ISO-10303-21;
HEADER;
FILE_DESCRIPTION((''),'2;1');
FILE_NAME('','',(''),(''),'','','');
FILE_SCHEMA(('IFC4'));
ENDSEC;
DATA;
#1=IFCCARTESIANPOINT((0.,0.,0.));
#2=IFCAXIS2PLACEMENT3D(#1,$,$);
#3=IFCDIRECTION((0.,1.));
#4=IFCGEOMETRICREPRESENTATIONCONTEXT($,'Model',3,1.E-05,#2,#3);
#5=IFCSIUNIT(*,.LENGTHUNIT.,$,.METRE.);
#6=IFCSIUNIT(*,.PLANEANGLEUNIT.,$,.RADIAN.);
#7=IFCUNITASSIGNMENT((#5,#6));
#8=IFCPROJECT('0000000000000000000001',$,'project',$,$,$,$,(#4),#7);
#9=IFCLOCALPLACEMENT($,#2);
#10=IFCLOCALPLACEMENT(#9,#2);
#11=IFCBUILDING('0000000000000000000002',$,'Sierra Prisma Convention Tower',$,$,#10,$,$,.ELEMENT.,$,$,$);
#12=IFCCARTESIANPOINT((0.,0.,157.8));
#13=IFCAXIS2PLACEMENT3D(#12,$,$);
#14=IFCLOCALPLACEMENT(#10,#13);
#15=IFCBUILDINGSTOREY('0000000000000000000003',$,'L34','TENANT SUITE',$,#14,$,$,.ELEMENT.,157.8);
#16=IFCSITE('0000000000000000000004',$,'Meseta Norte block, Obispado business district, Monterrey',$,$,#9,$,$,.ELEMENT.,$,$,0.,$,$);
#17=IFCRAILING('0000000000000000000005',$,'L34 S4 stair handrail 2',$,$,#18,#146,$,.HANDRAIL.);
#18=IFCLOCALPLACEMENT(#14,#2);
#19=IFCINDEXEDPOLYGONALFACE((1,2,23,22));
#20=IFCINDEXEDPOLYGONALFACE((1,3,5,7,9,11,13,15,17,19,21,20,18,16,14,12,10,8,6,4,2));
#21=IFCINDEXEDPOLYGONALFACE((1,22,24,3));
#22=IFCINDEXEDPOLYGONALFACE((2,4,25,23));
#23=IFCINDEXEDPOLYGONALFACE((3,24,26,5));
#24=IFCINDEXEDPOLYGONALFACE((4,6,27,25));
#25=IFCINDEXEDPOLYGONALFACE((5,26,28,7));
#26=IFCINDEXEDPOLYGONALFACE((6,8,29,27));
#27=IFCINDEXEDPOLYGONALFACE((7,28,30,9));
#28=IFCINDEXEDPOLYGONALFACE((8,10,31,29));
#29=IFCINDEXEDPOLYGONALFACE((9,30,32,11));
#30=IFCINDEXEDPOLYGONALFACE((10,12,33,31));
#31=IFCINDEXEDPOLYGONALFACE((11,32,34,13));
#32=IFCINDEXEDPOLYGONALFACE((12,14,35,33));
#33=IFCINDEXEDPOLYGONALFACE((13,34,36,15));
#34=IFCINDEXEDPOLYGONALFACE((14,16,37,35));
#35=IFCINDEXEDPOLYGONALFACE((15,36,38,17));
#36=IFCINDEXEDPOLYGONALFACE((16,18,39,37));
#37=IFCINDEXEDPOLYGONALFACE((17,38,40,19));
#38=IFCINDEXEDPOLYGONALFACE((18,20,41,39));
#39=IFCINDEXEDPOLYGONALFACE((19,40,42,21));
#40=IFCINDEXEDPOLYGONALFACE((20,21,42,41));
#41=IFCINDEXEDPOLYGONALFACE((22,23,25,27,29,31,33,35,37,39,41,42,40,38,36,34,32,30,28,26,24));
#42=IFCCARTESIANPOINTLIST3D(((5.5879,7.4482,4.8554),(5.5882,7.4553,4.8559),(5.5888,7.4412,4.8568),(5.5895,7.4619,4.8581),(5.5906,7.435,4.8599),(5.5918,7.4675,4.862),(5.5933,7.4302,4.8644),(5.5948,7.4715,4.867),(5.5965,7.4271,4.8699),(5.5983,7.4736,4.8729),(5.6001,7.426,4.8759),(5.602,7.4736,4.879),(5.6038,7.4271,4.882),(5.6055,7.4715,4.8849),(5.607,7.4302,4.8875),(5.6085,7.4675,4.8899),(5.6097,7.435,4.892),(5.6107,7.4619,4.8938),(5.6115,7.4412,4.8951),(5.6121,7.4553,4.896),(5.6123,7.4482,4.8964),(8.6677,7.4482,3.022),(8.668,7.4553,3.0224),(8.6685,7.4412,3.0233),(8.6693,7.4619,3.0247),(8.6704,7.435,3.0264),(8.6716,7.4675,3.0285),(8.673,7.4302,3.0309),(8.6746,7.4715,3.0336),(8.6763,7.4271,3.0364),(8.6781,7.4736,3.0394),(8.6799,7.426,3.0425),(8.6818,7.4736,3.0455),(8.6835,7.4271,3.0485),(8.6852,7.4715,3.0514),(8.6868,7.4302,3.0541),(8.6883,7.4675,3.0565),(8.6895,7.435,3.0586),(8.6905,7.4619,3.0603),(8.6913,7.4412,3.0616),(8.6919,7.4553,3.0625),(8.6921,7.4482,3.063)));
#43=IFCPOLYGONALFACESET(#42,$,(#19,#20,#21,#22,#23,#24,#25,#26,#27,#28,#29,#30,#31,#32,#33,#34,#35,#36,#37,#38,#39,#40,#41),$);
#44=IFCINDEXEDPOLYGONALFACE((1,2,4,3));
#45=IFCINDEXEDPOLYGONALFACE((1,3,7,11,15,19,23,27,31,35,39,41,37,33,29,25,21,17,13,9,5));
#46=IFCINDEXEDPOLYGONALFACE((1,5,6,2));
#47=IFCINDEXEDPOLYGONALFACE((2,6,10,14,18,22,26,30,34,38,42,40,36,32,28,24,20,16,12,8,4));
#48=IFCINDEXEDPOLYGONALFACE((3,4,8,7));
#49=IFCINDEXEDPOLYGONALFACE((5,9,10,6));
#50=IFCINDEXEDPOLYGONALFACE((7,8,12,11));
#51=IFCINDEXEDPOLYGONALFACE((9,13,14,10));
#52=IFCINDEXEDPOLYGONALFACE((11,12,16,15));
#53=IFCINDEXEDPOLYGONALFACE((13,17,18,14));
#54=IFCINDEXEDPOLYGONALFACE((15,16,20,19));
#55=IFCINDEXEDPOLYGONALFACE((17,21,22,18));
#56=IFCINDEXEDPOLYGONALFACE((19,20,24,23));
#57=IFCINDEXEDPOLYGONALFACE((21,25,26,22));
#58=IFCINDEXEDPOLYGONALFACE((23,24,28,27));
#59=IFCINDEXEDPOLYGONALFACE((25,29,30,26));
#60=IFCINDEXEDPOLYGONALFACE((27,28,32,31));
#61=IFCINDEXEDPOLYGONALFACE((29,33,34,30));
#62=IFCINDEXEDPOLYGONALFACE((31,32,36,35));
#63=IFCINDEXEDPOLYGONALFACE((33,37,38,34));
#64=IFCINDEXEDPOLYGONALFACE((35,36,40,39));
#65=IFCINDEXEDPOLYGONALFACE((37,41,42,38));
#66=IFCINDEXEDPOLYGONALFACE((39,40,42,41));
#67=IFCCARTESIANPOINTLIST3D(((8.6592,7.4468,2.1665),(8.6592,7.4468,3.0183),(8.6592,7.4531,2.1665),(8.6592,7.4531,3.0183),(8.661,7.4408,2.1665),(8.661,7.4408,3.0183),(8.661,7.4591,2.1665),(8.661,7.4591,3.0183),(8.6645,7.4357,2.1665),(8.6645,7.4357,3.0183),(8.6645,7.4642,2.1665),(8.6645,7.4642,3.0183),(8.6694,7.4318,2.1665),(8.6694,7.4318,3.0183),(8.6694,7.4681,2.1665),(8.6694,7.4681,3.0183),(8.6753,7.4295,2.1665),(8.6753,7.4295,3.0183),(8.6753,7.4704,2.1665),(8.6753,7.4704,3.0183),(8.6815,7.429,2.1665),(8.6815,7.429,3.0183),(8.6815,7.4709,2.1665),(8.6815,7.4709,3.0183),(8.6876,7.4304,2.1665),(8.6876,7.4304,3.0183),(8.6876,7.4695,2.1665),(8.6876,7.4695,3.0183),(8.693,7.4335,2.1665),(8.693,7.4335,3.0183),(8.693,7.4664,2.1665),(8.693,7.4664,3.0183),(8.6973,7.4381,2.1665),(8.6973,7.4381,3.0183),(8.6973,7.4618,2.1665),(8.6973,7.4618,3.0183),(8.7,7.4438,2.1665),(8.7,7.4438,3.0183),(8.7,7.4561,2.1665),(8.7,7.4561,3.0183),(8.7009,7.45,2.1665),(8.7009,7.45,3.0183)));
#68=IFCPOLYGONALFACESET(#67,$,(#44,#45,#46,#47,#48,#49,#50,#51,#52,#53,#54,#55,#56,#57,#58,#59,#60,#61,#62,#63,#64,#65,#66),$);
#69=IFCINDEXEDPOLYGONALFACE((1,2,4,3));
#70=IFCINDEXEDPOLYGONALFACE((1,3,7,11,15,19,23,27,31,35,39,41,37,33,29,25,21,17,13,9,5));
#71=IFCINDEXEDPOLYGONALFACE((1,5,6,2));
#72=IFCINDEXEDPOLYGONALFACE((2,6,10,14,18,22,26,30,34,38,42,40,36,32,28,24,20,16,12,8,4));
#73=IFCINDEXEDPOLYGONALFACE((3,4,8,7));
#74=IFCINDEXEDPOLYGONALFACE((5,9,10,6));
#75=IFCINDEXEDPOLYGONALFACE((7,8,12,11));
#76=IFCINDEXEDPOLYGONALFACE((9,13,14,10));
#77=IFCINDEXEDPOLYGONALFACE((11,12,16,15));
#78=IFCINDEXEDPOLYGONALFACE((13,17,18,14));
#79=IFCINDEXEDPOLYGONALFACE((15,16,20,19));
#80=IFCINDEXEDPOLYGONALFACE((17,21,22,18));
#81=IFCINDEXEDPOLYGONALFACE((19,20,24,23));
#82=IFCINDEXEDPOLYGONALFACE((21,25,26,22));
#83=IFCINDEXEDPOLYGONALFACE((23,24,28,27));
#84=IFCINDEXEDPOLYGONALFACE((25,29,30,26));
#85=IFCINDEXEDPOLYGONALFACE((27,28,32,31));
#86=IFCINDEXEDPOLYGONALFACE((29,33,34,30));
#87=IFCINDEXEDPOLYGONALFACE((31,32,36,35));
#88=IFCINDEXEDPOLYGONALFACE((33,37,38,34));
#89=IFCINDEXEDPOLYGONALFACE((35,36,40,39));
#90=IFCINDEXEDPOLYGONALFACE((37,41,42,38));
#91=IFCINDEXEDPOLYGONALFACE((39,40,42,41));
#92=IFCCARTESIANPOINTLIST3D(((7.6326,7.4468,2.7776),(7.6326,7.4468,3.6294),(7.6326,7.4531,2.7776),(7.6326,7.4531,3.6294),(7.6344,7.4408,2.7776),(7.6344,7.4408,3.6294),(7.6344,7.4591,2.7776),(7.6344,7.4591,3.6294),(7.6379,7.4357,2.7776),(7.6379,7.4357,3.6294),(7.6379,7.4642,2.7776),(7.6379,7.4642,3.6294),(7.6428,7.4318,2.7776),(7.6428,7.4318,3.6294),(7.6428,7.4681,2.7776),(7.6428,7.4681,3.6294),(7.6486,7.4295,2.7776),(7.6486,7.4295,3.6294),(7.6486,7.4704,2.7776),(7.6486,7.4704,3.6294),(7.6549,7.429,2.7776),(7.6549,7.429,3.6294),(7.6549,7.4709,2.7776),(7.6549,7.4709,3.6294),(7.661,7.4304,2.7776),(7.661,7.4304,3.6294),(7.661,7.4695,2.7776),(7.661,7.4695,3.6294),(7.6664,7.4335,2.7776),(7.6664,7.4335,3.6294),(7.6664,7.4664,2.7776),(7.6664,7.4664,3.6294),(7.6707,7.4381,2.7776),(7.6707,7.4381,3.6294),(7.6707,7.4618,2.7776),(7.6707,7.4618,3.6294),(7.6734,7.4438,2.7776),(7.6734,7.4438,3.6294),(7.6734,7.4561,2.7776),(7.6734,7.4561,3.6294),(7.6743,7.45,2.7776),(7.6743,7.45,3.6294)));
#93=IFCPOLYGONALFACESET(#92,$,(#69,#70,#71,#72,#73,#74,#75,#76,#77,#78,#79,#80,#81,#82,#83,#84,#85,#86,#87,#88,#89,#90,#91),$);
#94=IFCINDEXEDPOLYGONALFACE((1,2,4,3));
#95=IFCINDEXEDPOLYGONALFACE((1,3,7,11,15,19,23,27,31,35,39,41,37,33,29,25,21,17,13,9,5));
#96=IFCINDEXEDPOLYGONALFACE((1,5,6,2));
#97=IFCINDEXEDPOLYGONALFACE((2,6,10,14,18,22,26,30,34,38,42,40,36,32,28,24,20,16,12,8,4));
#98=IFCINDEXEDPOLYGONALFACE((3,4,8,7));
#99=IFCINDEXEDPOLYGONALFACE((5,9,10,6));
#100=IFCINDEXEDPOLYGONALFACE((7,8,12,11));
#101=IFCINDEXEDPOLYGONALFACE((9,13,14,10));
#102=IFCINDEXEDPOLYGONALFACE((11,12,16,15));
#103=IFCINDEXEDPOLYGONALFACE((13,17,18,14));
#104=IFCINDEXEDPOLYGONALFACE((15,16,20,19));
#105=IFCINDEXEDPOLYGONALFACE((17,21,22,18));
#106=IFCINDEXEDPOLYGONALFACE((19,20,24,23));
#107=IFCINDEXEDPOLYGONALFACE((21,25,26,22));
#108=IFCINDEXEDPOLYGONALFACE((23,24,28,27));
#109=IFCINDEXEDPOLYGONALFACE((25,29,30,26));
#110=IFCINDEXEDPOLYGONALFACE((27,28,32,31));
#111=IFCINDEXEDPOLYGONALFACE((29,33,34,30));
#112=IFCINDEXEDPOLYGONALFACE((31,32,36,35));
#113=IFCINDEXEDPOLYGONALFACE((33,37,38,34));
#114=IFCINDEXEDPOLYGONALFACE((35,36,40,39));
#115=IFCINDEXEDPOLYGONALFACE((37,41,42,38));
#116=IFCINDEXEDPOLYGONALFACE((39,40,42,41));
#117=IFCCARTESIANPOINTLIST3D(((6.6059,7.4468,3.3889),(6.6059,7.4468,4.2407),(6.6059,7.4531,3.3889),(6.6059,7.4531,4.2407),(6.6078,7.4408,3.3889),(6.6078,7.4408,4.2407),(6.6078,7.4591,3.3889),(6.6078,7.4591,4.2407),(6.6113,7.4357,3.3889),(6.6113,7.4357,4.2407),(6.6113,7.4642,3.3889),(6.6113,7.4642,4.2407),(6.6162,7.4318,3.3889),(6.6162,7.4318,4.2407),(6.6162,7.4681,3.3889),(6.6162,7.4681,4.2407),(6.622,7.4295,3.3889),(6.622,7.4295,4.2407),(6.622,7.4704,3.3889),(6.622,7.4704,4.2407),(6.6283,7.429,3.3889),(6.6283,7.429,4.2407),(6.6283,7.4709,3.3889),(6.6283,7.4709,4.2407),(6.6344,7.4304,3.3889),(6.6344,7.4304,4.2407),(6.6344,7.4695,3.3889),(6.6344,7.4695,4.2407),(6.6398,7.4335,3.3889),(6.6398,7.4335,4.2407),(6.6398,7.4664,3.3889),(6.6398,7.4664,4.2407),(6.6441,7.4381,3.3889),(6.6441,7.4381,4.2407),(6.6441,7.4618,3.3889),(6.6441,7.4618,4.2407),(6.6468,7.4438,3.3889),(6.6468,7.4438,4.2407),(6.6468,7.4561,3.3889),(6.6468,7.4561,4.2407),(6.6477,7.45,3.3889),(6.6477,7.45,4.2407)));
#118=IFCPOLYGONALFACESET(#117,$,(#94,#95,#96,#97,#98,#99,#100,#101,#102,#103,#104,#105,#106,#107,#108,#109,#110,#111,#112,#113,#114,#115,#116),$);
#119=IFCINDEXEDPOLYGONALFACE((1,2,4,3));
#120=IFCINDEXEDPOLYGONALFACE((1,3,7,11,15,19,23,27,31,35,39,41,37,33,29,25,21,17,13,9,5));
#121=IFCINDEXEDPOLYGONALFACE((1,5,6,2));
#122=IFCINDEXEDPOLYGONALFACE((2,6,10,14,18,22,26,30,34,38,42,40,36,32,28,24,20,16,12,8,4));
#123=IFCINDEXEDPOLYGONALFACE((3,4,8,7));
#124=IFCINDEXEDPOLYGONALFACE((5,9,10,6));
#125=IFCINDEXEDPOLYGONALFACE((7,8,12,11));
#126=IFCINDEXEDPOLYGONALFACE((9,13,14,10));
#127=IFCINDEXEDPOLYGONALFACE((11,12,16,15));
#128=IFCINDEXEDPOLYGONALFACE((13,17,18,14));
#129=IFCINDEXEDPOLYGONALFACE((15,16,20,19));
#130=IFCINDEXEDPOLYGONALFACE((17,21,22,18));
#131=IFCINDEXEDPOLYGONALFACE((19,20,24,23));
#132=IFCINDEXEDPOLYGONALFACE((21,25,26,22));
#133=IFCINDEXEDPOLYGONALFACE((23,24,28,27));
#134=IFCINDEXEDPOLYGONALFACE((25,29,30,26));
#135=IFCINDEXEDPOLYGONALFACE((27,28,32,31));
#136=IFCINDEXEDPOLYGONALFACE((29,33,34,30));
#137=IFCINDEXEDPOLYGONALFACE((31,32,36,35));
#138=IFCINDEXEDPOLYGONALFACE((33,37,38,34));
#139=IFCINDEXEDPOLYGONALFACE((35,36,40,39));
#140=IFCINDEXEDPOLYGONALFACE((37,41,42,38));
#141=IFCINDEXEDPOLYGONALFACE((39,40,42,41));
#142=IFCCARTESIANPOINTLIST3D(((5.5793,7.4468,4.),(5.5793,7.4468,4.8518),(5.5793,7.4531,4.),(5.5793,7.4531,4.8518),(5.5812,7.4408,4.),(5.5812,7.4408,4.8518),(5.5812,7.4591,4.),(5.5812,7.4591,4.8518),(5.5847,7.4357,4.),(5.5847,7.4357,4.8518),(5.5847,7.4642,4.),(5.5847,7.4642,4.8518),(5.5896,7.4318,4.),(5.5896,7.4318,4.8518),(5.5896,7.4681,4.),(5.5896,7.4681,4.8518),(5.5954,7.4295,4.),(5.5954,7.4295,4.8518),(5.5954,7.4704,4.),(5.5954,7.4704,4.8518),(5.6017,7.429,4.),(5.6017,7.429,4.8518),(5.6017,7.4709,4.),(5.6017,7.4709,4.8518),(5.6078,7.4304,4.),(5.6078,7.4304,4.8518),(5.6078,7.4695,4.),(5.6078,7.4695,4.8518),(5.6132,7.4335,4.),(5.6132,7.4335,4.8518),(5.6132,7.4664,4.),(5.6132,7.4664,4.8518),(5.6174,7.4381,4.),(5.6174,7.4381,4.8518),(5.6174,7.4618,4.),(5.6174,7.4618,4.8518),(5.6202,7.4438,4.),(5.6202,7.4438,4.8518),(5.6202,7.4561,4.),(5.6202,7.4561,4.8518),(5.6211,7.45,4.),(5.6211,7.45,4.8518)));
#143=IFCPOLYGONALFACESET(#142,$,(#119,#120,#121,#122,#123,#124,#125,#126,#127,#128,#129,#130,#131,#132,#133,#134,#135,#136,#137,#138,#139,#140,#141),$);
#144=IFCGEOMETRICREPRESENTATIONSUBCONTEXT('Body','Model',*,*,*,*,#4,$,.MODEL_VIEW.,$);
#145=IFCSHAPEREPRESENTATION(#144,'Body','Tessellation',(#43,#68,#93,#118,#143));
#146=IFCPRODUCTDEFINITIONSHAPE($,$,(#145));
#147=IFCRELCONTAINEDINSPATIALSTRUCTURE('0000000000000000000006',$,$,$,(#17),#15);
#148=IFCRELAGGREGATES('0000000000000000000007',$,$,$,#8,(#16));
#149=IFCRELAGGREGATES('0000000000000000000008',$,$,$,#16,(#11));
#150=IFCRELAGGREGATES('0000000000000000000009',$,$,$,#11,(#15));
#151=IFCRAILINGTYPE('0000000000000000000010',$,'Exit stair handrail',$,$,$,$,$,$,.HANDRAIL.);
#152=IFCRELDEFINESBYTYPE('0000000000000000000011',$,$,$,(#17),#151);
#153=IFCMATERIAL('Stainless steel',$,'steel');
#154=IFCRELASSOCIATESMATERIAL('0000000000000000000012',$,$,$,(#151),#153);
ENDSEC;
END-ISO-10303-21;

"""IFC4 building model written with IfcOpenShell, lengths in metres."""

from ifc_helpers import new_model, si_unit, direction, frame, origin, origin_2d, place, context, subcontext, project, spatial, circle, extrude, material, type_object, element, save


model = new_model("IFC4")

# Units and contexts
model_context = context("Model", 3, precision=1e-05, world=origin(), true_north=direction((0.0, 1.0)))
body_context = subcontext(model_context, "Body", "Model", "MODEL_VIEW")
ifc_project = project(units=[si_unit("LENGTHUNIT", "METRE"), si_unit("PLANEANGLEUNIT", "RADIAN")], contexts=[model_context])

# Site, building, storey
site_placement = place(None, origin())
site = spatial("IfcSite", under=ifc_project, at=site_placement, Name="Meseta Norte block, Obispado business district, Monterrey", CompositionType="ELEMENT", RefElevation=0.0)
building_placement = place(site_placement, origin())
building = spatial("IfcBuilding", under=site, at=building_placement, Name="Sierra Prisma Convention Tower", CompositionType="ELEMENT")
storey_placement = place(building_placement, frame((0.0, 0.0, 157.8)))
storey = spatial("IfcBuildingStorey", under=building, at=storey_placement, Name="L34", Description="TENANT SUITE", CompositionType="ELEMENT", Elevation=157.8)

# Railing
ifc_material_1 = material(Name="Stainless steel", Category="steel")
railing_type_1 = type_object("IfcRailingType", Name="Exit stair handrail", PredefinedType="HANDRAIL", material=ifc_material_1)
railing_1_placement = place(storey_placement, frame((8.6799, 7.45, 2.1665)))
element("IfcRailing", 1, at=railing_1_placement, inside=storey, type_object=railing_type_1, Name="L34 S4 stair handrail 2", PredefinedType="HANDRAIL", context=body_context, shape_type="SweptSolid", body=[
    extrude(circle(Radius=0.0239, at=origin_2d()), frame((0.0, 0.0, 0.876), z_axis=(-0.859261, 0.0, 0.511538), x_axis=(0.0, -1.0, 0.0)), (0.0, 0.0, 1.0), 3.5842),
    extrude(circle(Radius=0.021, at=origin_2d()), origin(), (0.0, 0.0, 1.0), 0.8518),
    extrude(circle(Radius=0.021, at=origin_2d()), frame((-1.0266, 0.0, 0.6111)), (0.0, 0.0, 1.0), 0.8518),
    extrude(circle(Radius=0.021, at=origin_2d()), frame((-2.0532, 0.0, 1.2224)), (0.0, 0.0, 1.0), 0.8518),
    extrude(circle(Radius=0.021, at=origin_2d()), frame((-3.0798, 0.0, 1.8335)), (0.0, 0.0, 1.0), 0.8518),
])

save(model, "model.ifc")
